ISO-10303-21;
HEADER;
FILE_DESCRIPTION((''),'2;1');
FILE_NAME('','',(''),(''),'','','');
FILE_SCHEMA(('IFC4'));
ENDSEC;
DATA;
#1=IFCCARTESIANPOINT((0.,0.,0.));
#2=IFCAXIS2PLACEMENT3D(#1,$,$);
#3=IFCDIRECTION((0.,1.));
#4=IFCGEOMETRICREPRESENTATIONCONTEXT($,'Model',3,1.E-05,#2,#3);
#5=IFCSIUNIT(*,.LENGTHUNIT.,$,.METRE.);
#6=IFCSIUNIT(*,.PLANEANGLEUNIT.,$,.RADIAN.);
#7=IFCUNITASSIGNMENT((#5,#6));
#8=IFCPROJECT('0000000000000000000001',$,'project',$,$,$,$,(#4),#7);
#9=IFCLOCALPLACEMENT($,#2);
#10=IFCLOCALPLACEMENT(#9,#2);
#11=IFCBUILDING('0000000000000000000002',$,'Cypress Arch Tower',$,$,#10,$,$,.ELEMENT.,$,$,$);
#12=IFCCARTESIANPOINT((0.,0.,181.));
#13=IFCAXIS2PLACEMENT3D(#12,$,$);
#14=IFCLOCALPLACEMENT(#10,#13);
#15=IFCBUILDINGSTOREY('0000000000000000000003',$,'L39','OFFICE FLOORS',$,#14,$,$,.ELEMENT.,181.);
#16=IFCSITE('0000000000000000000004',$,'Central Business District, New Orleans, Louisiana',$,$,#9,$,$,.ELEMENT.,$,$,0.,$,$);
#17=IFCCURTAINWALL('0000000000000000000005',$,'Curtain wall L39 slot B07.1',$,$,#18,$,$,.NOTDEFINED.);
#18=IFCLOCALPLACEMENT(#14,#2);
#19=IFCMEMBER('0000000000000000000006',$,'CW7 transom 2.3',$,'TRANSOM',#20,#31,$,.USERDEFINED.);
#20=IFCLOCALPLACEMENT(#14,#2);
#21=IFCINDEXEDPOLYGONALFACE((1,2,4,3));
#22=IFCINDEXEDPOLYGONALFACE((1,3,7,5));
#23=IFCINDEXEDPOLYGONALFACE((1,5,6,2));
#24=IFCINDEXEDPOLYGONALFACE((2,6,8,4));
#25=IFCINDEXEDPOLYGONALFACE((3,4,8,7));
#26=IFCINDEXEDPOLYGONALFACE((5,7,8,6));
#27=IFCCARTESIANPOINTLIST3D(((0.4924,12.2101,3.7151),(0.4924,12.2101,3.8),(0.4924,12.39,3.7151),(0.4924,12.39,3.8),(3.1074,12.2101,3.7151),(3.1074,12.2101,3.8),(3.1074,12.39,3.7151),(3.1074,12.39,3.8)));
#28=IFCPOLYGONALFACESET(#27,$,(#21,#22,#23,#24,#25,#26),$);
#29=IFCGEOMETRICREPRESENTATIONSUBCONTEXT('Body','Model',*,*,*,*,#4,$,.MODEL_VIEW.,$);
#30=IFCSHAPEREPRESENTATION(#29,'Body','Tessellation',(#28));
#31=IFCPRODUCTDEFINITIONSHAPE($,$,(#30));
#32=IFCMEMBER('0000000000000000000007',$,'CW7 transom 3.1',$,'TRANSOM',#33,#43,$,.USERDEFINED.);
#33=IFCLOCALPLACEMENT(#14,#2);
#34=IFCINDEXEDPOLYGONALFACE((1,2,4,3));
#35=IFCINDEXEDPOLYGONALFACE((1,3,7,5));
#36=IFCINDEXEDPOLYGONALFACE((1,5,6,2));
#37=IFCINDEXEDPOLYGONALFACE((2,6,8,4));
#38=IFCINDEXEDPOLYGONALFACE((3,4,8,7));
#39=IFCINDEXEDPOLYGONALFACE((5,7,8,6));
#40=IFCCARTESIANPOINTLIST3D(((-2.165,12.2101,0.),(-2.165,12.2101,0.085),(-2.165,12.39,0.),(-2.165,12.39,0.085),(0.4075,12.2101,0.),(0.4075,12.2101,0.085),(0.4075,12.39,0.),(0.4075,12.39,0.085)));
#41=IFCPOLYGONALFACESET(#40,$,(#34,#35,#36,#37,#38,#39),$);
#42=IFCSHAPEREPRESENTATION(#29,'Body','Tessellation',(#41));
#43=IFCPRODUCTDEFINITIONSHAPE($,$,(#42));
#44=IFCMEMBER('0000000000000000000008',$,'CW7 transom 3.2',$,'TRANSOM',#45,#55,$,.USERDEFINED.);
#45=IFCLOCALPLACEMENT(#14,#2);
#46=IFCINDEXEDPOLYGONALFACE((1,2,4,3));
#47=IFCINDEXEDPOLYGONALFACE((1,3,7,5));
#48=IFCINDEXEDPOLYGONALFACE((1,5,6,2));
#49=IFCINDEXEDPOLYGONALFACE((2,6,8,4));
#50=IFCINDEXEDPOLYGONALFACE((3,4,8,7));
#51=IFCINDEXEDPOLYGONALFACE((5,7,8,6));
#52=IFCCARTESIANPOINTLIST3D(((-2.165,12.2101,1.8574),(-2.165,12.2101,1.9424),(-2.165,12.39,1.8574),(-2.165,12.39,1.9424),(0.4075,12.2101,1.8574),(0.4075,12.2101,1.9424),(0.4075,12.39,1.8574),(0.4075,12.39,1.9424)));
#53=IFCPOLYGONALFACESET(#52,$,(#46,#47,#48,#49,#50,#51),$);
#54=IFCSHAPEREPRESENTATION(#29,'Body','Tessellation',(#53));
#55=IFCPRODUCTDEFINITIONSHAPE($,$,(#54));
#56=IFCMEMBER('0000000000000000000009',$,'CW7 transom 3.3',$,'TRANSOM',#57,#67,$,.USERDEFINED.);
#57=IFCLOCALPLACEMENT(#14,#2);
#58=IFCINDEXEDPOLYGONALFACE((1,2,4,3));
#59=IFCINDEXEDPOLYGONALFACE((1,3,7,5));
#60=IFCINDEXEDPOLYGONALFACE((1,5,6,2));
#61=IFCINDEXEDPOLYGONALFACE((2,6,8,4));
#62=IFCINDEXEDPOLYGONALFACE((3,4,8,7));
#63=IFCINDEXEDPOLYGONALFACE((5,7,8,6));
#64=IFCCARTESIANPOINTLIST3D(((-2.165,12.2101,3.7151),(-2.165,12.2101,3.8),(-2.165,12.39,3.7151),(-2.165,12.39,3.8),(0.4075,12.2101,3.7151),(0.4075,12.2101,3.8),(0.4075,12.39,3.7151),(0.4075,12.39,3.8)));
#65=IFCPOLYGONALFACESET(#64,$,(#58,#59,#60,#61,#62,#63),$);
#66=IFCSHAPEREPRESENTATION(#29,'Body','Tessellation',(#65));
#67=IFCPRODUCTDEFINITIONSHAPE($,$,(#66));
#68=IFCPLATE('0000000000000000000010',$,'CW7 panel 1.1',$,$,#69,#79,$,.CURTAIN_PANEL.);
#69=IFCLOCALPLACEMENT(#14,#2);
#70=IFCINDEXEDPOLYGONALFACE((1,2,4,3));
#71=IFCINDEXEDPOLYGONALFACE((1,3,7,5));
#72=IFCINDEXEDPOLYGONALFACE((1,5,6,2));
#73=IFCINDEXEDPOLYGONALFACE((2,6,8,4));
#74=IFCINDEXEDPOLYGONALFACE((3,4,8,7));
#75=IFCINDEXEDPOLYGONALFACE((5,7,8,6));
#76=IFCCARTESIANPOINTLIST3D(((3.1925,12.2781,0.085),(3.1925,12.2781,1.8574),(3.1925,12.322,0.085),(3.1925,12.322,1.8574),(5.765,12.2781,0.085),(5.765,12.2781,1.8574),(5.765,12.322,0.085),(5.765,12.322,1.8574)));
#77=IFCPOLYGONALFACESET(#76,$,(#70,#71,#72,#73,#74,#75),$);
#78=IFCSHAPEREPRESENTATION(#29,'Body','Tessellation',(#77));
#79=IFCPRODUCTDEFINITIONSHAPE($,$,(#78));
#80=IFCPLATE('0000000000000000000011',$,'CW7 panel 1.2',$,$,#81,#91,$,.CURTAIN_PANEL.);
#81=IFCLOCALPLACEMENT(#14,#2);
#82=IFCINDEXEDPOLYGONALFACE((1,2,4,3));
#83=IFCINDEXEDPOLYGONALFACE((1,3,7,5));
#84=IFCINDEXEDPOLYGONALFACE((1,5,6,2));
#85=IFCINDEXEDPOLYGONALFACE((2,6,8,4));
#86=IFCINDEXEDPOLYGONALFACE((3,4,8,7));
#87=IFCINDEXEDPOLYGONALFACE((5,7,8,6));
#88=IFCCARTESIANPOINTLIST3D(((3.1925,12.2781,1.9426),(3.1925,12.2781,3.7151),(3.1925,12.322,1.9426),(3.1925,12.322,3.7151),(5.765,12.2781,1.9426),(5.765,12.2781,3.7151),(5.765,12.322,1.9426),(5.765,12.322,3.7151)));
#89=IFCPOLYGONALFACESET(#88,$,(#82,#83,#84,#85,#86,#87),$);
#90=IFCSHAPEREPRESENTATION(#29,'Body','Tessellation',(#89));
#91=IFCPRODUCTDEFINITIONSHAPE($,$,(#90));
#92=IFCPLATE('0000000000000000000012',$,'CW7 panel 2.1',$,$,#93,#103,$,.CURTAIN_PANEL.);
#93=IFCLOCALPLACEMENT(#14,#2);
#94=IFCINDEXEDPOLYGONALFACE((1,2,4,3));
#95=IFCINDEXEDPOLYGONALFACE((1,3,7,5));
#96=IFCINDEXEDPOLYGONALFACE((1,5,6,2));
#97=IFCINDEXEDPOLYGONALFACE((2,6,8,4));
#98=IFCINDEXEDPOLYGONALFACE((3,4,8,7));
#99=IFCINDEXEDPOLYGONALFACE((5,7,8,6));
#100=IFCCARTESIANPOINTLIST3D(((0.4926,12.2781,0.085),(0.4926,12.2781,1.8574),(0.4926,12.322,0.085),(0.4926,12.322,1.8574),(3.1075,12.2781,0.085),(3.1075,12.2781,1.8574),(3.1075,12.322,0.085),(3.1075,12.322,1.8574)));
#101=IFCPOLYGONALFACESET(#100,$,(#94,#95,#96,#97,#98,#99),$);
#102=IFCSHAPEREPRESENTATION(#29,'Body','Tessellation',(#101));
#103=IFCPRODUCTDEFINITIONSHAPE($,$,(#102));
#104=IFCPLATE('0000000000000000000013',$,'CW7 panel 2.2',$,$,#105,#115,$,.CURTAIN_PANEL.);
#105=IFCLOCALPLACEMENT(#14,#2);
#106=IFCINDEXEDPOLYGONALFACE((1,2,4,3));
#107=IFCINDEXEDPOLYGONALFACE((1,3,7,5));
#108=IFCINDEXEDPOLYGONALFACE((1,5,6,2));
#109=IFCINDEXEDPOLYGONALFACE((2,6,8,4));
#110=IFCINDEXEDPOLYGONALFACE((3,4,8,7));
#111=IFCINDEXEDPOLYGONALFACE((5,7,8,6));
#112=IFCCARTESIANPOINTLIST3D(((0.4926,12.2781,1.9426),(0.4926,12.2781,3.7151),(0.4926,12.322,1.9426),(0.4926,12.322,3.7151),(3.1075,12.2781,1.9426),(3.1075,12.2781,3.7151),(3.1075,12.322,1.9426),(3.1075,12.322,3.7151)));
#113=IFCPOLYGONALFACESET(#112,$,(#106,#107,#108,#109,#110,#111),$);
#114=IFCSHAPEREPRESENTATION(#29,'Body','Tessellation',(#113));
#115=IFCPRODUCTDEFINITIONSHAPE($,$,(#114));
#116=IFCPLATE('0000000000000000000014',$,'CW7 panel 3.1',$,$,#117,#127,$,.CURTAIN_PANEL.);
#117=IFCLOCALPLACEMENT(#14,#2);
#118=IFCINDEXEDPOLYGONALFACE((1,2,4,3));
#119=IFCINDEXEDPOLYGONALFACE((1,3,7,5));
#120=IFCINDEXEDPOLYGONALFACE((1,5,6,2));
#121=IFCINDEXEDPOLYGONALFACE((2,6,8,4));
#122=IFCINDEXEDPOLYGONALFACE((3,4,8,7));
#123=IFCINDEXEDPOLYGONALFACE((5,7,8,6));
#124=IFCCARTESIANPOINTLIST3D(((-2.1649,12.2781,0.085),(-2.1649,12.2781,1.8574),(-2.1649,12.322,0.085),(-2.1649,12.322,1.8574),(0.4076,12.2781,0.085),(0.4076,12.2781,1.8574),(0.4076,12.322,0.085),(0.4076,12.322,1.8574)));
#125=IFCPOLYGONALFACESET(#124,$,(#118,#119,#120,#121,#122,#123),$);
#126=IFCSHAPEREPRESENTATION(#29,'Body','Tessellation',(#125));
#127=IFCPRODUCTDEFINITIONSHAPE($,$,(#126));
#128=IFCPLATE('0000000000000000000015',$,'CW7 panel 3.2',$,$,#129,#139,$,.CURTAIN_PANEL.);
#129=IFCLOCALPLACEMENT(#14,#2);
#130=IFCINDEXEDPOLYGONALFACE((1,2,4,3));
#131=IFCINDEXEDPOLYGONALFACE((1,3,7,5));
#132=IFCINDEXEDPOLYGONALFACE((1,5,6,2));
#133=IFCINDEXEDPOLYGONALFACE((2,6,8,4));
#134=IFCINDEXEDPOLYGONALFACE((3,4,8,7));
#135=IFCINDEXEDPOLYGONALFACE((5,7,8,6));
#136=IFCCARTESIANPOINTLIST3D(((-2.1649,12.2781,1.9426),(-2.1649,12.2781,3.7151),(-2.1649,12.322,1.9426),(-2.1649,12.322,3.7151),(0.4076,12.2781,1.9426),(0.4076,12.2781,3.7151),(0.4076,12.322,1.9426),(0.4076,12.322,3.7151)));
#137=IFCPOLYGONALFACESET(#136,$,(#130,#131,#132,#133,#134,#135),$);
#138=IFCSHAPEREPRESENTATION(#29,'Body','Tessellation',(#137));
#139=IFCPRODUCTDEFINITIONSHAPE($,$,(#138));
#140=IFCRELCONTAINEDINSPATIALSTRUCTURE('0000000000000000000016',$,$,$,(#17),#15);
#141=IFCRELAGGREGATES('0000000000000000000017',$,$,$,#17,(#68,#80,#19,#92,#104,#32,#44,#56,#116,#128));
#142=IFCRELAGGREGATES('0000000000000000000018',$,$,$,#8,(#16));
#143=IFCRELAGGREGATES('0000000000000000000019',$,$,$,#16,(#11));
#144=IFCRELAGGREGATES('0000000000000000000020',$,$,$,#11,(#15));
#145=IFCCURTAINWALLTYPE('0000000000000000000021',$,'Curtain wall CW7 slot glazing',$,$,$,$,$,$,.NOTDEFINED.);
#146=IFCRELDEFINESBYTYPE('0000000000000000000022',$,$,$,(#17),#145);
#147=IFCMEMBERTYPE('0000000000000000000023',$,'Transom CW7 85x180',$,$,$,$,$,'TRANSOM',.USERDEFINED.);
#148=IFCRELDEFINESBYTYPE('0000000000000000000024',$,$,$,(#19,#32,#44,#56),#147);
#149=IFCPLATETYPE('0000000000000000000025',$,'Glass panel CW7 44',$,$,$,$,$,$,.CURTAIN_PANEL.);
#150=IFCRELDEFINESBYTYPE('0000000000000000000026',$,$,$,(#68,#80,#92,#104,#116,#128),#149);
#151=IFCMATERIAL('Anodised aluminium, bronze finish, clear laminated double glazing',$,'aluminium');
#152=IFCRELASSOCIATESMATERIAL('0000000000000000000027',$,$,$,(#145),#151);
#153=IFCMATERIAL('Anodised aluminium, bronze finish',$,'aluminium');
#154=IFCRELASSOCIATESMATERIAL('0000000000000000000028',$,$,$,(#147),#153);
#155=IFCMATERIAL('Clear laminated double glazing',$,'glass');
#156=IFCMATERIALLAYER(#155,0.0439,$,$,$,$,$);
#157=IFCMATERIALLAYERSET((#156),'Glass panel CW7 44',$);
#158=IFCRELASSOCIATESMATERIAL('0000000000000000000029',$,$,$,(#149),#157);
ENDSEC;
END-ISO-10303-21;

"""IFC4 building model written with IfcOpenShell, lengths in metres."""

from ifc_helpers import new_model, si_unit, direction, frame, origin, origin_2d, place, context, subcontext, project, spatial, rectangle, extrude, material, layer, layer_set, material_profile, profile_set, type_object, element, aggregate, save


model = new_model("IFC4")

# Units and contexts
model_context = context("Model", 3, precision=1e-05, world=origin(), true_north=direction((0.0, 1.0)))
body_context = subcontext(model_context, "Body", "Model", "MODEL_VIEW")
ifc_project = project(units=[si_unit("LENGTHUNIT", "METRE"), si_unit("PLANEANGLEUNIT", "RADIAN")], contexts=[model_context])

# Site, building, storey
site_placement = place(None, origin())
site = spatial("IfcSite", under=ifc_project, at=site_placement, Name="Central Business District, New Orleans, Louisiana", CompositionType="ELEMENT", RefElevation=0.0)
building_placement = place(site_placement, origin())
building = spatial("IfcBuilding", under=site, at=building_placement, Name="Cypress Arch Tower", CompositionType="ELEMENT")
storey_placement = place(building_placement, frame((0.0, 0.0, 181.0)))
storey = spatial("IfcBuildingStorey", under=building, at=storey_placement, Name="L39", Description="OFFICE FLOORS", CompositionType="ELEMENT", Elevation=181.0)

# Curtain wall
ifc_material_1 = material(Name="Anodised aluminium, bronze finish, clear laminated double glazing", Category="aluminium")
curtain_wall_type = type_object("IfcCurtainWallType", Name="Curtain wall CW7 slot glazing", PredefinedType="NOTDEFINED", material=ifc_material_1)
curtain_wall_placement = place(storey_placement, origin())
curtain_wall = element("IfcCurtainWall", 1, at=curtain_wall_placement, inside=storey, type_object=curtain_wall_type, Name="Curtain wall L39 slot B07.1", PredefinedType="NOTDEFINED")

# Members
ifc_material_2 = material(Name="Anodised aluminium, bronze finish", Category="aluminium")
ifc_material_profile_1 = material_profile(ifc_material_2, rectangle(XDim=0.1799, YDim=0.085, at=origin_2d()), Name="Transom 85x180")
ifc_profile_set_1 = profile_set([ifc_material_profile_1], Name="Anodised aluminium, bronze finish")
member_type_1 = type_object("IfcMemberType", Name="Transom CW7 85x180", ElementType="TRANSOM", PredefinedType="USERDEFINED", material=ifc_profile_set_1)
member_1_placement = place(storey_placement, frame((3.1074, 12.3, 3.7576), z_axis=(-1.0, 0.0, 0.0), x_axis=(0.0, -1.0, 0.0)))
member_1 = element("IfcMember", 2, at=member_1_placement, type_object=member_type_1, Name="CW7 transom 2.3", ObjectType="TRANSOM", PredefinedType="USERDEFINED", context=body_context, shape_type="SweptSolid", body=[
    extrude(rectangle(XDim=0.1799, YDim=0.085, at=origin_2d()), origin(), (0.0, 0.0, 1.0), 2.615),
])
member_2_placement = place(storey_placement, frame((0.4075, 12.3, 0.0425), z_axis=(-1.0, 0.0, 0.0), x_axis=(0.0, -1.0, 0.0)))
member_2 = element("IfcMember", 3, at=member_2_placement, type_object=member_type_1, Name="CW7 transom 3.1", ObjectType="TRANSOM", PredefinedType="USERDEFINED", context=body_context, shape_type="SweptSolid", body=[
    extrude(rectangle(XDim=0.1799, YDim=0.085, at=origin_2d()), origin(), (0.0, 0.0, 1.0), 2.5725),
])
member_3_placement = place(storey_placement, frame((0.4075, 12.3, 1.8999), z_axis=(-1.0, 0.0, 0.0), x_axis=(0.0, -1.0, 0.0)))
member_3 = element("IfcMember", 4, at=member_3_placement, type_object=member_type_1, Name="CW7 transom 3.2", ObjectType="TRANSOM", PredefinedType="USERDEFINED", context=body_context, shape_type="SweptSolid", body=[
    extrude(rectangle(XDim=0.1799, YDim=0.085, at=origin_2d()), origin(), (0.0, 0.0, 1.0), 2.5725),
])
member_4_placement = place(storey_placement, frame((0.4075, 12.3, 3.7576), z_axis=(-1.0, 0.0, 0.0), x_axis=(0.0, -1.0, 0.0)))
member_4 = element("IfcMember", 5, at=member_4_placement, type_object=member_type_1, Name="CW7 transom 3.3", ObjectType="TRANSOM", PredefinedType="USERDEFINED", context=body_context, shape_type="SweptSolid", body=[
    extrude(rectangle(XDim=0.1799, YDim=0.085, at=origin_2d()), origin(), (0.0, 0.0, 1.0), 2.5725),
])

# Plates
ifc_material_3 = material(Name="Clear laminated double glazing", Category="glass")
ifc_layer = layer(ifc_material_3, 0.0439)
ifc_layer_set = layer_set([ifc_layer], Name="Glass panel CW7 44")
plate_type = type_object("IfcPlateType", Name="Glass panel CW7 44", PredefinedType="CURTAIN_PANEL", material=ifc_layer_set)
plate_1_placement = place(storey_placement, frame((4.4788, 12.3, 0.085), z_axis=(0.0, 0.0, 1.0), x_axis=(-1.0, 0.0, 0.0)))
plate_1 = element("IfcPlate", 6, at=plate_1_placement, type_object=plate_type, Name="CW7 panel 1.1", PredefinedType="CURTAIN_PANEL", context=body_context, shape_type="SweptSolid", body=[
    extrude(rectangle(XDim=2.5725, YDim=0.0439, at=origin_2d()), origin(), (0.0, 0.0, 1.0), 1.7725),
])
plate_2_placement = place(storey_placement, frame((4.4788, 12.3, 1.9426), z_axis=(0.0, 0.0, 1.0), x_axis=(-1.0, 0.0, 0.0)))
plate_2 = element("IfcPlate", 7, at=plate_2_placement, type_object=plate_type, Name="CW7 panel 1.2", PredefinedType="CURTAIN_PANEL", context=body_context, shape_type="SweptSolid", body=[
    extrude(rectangle(XDim=2.5725, YDim=0.0439, at=origin_2d()), origin(), (0.0, 0.0, 1.0), 1.7725),
])
plate_3_placement = place(storey_placement, frame((1.8, 12.3, 0.085), z_axis=(0.0, 0.0, 1.0), x_axis=(-1.0, 0.0, 0.0)))
plate_3 = element("IfcPlate", 8, at=plate_3_placement, type_object=plate_type, Name="CW7 panel 2.1", PredefinedType="CURTAIN_PANEL", context=body_context, shape_type="SweptSolid", body=[
    extrude(rectangle(XDim=2.615, YDim=0.0439, at=origin_2d()), origin(), (0.0, 0.0, 1.0), 1.7725),
])
plate_4_placement = place(storey_placement, frame((1.8, 12.3, 1.9426), z_axis=(0.0, 0.0, 1.0), x_axis=(-1.0, 0.0, 0.0)))
plate_4 = element("IfcPlate", 9, at=plate_4_placement, type_object=plate_type, Name="CW7 panel 2.2", PredefinedType="CURTAIN_PANEL", context=body_context, shape_type="SweptSolid", body=[
    extrude(rectangle(XDim=2.615, YDim=0.0439, at=origin_2d()), origin(), (0.0, 0.0, 1.0), 1.7725),
])
plate_5_placement = place(storey_placement, frame((-0.8787, 12.3, 0.085), z_axis=(0.0, 0.0, 1.0), x_axis=(-1.0, 0.0, 0.0)))
plate_5 = element("IfcPlate", 10, at=plate_5_placement, type_object=plate_type, Name="CW7 panel 3.1", PredefinedType="CURTAIN_PANEL", context=body_context, shape_type="SweptSolid", body=[
    extrude(rectangle(XDim=2.5725, YDim=0.0439, at=origin_2d()), origin(), (0.0, 0.0, 1.0), 1.7725),
])
plate_6_placement = place(storey_placement, frame((-0.8787, 12.3, 1.9426), z_axis=(0.0, 0.0, 1.0), x_axis=(-1.0, 0.0, 0.0)))
plate_6 = element("IfcPlate", 11, at=plate_6_placement, type_object=plate_type, Name="CW7 panel 3.2", PredefinedType="CURTAIN_PANEL", context=body_context, shape_type="SweptSolid", body=[
    extrude(rectangle(XDim=2.5725, YDim=0.0439, at=origin_2d()), origin(), (0.0, 0.0, 1.0), 1.7725),
])
aggregate(curtain_wall, [plate_1, plate_2, member_1, plate_3, plate_4, member_2, member_3, member_4, plate_5, plate_6])

save(model, "model.ifc")
